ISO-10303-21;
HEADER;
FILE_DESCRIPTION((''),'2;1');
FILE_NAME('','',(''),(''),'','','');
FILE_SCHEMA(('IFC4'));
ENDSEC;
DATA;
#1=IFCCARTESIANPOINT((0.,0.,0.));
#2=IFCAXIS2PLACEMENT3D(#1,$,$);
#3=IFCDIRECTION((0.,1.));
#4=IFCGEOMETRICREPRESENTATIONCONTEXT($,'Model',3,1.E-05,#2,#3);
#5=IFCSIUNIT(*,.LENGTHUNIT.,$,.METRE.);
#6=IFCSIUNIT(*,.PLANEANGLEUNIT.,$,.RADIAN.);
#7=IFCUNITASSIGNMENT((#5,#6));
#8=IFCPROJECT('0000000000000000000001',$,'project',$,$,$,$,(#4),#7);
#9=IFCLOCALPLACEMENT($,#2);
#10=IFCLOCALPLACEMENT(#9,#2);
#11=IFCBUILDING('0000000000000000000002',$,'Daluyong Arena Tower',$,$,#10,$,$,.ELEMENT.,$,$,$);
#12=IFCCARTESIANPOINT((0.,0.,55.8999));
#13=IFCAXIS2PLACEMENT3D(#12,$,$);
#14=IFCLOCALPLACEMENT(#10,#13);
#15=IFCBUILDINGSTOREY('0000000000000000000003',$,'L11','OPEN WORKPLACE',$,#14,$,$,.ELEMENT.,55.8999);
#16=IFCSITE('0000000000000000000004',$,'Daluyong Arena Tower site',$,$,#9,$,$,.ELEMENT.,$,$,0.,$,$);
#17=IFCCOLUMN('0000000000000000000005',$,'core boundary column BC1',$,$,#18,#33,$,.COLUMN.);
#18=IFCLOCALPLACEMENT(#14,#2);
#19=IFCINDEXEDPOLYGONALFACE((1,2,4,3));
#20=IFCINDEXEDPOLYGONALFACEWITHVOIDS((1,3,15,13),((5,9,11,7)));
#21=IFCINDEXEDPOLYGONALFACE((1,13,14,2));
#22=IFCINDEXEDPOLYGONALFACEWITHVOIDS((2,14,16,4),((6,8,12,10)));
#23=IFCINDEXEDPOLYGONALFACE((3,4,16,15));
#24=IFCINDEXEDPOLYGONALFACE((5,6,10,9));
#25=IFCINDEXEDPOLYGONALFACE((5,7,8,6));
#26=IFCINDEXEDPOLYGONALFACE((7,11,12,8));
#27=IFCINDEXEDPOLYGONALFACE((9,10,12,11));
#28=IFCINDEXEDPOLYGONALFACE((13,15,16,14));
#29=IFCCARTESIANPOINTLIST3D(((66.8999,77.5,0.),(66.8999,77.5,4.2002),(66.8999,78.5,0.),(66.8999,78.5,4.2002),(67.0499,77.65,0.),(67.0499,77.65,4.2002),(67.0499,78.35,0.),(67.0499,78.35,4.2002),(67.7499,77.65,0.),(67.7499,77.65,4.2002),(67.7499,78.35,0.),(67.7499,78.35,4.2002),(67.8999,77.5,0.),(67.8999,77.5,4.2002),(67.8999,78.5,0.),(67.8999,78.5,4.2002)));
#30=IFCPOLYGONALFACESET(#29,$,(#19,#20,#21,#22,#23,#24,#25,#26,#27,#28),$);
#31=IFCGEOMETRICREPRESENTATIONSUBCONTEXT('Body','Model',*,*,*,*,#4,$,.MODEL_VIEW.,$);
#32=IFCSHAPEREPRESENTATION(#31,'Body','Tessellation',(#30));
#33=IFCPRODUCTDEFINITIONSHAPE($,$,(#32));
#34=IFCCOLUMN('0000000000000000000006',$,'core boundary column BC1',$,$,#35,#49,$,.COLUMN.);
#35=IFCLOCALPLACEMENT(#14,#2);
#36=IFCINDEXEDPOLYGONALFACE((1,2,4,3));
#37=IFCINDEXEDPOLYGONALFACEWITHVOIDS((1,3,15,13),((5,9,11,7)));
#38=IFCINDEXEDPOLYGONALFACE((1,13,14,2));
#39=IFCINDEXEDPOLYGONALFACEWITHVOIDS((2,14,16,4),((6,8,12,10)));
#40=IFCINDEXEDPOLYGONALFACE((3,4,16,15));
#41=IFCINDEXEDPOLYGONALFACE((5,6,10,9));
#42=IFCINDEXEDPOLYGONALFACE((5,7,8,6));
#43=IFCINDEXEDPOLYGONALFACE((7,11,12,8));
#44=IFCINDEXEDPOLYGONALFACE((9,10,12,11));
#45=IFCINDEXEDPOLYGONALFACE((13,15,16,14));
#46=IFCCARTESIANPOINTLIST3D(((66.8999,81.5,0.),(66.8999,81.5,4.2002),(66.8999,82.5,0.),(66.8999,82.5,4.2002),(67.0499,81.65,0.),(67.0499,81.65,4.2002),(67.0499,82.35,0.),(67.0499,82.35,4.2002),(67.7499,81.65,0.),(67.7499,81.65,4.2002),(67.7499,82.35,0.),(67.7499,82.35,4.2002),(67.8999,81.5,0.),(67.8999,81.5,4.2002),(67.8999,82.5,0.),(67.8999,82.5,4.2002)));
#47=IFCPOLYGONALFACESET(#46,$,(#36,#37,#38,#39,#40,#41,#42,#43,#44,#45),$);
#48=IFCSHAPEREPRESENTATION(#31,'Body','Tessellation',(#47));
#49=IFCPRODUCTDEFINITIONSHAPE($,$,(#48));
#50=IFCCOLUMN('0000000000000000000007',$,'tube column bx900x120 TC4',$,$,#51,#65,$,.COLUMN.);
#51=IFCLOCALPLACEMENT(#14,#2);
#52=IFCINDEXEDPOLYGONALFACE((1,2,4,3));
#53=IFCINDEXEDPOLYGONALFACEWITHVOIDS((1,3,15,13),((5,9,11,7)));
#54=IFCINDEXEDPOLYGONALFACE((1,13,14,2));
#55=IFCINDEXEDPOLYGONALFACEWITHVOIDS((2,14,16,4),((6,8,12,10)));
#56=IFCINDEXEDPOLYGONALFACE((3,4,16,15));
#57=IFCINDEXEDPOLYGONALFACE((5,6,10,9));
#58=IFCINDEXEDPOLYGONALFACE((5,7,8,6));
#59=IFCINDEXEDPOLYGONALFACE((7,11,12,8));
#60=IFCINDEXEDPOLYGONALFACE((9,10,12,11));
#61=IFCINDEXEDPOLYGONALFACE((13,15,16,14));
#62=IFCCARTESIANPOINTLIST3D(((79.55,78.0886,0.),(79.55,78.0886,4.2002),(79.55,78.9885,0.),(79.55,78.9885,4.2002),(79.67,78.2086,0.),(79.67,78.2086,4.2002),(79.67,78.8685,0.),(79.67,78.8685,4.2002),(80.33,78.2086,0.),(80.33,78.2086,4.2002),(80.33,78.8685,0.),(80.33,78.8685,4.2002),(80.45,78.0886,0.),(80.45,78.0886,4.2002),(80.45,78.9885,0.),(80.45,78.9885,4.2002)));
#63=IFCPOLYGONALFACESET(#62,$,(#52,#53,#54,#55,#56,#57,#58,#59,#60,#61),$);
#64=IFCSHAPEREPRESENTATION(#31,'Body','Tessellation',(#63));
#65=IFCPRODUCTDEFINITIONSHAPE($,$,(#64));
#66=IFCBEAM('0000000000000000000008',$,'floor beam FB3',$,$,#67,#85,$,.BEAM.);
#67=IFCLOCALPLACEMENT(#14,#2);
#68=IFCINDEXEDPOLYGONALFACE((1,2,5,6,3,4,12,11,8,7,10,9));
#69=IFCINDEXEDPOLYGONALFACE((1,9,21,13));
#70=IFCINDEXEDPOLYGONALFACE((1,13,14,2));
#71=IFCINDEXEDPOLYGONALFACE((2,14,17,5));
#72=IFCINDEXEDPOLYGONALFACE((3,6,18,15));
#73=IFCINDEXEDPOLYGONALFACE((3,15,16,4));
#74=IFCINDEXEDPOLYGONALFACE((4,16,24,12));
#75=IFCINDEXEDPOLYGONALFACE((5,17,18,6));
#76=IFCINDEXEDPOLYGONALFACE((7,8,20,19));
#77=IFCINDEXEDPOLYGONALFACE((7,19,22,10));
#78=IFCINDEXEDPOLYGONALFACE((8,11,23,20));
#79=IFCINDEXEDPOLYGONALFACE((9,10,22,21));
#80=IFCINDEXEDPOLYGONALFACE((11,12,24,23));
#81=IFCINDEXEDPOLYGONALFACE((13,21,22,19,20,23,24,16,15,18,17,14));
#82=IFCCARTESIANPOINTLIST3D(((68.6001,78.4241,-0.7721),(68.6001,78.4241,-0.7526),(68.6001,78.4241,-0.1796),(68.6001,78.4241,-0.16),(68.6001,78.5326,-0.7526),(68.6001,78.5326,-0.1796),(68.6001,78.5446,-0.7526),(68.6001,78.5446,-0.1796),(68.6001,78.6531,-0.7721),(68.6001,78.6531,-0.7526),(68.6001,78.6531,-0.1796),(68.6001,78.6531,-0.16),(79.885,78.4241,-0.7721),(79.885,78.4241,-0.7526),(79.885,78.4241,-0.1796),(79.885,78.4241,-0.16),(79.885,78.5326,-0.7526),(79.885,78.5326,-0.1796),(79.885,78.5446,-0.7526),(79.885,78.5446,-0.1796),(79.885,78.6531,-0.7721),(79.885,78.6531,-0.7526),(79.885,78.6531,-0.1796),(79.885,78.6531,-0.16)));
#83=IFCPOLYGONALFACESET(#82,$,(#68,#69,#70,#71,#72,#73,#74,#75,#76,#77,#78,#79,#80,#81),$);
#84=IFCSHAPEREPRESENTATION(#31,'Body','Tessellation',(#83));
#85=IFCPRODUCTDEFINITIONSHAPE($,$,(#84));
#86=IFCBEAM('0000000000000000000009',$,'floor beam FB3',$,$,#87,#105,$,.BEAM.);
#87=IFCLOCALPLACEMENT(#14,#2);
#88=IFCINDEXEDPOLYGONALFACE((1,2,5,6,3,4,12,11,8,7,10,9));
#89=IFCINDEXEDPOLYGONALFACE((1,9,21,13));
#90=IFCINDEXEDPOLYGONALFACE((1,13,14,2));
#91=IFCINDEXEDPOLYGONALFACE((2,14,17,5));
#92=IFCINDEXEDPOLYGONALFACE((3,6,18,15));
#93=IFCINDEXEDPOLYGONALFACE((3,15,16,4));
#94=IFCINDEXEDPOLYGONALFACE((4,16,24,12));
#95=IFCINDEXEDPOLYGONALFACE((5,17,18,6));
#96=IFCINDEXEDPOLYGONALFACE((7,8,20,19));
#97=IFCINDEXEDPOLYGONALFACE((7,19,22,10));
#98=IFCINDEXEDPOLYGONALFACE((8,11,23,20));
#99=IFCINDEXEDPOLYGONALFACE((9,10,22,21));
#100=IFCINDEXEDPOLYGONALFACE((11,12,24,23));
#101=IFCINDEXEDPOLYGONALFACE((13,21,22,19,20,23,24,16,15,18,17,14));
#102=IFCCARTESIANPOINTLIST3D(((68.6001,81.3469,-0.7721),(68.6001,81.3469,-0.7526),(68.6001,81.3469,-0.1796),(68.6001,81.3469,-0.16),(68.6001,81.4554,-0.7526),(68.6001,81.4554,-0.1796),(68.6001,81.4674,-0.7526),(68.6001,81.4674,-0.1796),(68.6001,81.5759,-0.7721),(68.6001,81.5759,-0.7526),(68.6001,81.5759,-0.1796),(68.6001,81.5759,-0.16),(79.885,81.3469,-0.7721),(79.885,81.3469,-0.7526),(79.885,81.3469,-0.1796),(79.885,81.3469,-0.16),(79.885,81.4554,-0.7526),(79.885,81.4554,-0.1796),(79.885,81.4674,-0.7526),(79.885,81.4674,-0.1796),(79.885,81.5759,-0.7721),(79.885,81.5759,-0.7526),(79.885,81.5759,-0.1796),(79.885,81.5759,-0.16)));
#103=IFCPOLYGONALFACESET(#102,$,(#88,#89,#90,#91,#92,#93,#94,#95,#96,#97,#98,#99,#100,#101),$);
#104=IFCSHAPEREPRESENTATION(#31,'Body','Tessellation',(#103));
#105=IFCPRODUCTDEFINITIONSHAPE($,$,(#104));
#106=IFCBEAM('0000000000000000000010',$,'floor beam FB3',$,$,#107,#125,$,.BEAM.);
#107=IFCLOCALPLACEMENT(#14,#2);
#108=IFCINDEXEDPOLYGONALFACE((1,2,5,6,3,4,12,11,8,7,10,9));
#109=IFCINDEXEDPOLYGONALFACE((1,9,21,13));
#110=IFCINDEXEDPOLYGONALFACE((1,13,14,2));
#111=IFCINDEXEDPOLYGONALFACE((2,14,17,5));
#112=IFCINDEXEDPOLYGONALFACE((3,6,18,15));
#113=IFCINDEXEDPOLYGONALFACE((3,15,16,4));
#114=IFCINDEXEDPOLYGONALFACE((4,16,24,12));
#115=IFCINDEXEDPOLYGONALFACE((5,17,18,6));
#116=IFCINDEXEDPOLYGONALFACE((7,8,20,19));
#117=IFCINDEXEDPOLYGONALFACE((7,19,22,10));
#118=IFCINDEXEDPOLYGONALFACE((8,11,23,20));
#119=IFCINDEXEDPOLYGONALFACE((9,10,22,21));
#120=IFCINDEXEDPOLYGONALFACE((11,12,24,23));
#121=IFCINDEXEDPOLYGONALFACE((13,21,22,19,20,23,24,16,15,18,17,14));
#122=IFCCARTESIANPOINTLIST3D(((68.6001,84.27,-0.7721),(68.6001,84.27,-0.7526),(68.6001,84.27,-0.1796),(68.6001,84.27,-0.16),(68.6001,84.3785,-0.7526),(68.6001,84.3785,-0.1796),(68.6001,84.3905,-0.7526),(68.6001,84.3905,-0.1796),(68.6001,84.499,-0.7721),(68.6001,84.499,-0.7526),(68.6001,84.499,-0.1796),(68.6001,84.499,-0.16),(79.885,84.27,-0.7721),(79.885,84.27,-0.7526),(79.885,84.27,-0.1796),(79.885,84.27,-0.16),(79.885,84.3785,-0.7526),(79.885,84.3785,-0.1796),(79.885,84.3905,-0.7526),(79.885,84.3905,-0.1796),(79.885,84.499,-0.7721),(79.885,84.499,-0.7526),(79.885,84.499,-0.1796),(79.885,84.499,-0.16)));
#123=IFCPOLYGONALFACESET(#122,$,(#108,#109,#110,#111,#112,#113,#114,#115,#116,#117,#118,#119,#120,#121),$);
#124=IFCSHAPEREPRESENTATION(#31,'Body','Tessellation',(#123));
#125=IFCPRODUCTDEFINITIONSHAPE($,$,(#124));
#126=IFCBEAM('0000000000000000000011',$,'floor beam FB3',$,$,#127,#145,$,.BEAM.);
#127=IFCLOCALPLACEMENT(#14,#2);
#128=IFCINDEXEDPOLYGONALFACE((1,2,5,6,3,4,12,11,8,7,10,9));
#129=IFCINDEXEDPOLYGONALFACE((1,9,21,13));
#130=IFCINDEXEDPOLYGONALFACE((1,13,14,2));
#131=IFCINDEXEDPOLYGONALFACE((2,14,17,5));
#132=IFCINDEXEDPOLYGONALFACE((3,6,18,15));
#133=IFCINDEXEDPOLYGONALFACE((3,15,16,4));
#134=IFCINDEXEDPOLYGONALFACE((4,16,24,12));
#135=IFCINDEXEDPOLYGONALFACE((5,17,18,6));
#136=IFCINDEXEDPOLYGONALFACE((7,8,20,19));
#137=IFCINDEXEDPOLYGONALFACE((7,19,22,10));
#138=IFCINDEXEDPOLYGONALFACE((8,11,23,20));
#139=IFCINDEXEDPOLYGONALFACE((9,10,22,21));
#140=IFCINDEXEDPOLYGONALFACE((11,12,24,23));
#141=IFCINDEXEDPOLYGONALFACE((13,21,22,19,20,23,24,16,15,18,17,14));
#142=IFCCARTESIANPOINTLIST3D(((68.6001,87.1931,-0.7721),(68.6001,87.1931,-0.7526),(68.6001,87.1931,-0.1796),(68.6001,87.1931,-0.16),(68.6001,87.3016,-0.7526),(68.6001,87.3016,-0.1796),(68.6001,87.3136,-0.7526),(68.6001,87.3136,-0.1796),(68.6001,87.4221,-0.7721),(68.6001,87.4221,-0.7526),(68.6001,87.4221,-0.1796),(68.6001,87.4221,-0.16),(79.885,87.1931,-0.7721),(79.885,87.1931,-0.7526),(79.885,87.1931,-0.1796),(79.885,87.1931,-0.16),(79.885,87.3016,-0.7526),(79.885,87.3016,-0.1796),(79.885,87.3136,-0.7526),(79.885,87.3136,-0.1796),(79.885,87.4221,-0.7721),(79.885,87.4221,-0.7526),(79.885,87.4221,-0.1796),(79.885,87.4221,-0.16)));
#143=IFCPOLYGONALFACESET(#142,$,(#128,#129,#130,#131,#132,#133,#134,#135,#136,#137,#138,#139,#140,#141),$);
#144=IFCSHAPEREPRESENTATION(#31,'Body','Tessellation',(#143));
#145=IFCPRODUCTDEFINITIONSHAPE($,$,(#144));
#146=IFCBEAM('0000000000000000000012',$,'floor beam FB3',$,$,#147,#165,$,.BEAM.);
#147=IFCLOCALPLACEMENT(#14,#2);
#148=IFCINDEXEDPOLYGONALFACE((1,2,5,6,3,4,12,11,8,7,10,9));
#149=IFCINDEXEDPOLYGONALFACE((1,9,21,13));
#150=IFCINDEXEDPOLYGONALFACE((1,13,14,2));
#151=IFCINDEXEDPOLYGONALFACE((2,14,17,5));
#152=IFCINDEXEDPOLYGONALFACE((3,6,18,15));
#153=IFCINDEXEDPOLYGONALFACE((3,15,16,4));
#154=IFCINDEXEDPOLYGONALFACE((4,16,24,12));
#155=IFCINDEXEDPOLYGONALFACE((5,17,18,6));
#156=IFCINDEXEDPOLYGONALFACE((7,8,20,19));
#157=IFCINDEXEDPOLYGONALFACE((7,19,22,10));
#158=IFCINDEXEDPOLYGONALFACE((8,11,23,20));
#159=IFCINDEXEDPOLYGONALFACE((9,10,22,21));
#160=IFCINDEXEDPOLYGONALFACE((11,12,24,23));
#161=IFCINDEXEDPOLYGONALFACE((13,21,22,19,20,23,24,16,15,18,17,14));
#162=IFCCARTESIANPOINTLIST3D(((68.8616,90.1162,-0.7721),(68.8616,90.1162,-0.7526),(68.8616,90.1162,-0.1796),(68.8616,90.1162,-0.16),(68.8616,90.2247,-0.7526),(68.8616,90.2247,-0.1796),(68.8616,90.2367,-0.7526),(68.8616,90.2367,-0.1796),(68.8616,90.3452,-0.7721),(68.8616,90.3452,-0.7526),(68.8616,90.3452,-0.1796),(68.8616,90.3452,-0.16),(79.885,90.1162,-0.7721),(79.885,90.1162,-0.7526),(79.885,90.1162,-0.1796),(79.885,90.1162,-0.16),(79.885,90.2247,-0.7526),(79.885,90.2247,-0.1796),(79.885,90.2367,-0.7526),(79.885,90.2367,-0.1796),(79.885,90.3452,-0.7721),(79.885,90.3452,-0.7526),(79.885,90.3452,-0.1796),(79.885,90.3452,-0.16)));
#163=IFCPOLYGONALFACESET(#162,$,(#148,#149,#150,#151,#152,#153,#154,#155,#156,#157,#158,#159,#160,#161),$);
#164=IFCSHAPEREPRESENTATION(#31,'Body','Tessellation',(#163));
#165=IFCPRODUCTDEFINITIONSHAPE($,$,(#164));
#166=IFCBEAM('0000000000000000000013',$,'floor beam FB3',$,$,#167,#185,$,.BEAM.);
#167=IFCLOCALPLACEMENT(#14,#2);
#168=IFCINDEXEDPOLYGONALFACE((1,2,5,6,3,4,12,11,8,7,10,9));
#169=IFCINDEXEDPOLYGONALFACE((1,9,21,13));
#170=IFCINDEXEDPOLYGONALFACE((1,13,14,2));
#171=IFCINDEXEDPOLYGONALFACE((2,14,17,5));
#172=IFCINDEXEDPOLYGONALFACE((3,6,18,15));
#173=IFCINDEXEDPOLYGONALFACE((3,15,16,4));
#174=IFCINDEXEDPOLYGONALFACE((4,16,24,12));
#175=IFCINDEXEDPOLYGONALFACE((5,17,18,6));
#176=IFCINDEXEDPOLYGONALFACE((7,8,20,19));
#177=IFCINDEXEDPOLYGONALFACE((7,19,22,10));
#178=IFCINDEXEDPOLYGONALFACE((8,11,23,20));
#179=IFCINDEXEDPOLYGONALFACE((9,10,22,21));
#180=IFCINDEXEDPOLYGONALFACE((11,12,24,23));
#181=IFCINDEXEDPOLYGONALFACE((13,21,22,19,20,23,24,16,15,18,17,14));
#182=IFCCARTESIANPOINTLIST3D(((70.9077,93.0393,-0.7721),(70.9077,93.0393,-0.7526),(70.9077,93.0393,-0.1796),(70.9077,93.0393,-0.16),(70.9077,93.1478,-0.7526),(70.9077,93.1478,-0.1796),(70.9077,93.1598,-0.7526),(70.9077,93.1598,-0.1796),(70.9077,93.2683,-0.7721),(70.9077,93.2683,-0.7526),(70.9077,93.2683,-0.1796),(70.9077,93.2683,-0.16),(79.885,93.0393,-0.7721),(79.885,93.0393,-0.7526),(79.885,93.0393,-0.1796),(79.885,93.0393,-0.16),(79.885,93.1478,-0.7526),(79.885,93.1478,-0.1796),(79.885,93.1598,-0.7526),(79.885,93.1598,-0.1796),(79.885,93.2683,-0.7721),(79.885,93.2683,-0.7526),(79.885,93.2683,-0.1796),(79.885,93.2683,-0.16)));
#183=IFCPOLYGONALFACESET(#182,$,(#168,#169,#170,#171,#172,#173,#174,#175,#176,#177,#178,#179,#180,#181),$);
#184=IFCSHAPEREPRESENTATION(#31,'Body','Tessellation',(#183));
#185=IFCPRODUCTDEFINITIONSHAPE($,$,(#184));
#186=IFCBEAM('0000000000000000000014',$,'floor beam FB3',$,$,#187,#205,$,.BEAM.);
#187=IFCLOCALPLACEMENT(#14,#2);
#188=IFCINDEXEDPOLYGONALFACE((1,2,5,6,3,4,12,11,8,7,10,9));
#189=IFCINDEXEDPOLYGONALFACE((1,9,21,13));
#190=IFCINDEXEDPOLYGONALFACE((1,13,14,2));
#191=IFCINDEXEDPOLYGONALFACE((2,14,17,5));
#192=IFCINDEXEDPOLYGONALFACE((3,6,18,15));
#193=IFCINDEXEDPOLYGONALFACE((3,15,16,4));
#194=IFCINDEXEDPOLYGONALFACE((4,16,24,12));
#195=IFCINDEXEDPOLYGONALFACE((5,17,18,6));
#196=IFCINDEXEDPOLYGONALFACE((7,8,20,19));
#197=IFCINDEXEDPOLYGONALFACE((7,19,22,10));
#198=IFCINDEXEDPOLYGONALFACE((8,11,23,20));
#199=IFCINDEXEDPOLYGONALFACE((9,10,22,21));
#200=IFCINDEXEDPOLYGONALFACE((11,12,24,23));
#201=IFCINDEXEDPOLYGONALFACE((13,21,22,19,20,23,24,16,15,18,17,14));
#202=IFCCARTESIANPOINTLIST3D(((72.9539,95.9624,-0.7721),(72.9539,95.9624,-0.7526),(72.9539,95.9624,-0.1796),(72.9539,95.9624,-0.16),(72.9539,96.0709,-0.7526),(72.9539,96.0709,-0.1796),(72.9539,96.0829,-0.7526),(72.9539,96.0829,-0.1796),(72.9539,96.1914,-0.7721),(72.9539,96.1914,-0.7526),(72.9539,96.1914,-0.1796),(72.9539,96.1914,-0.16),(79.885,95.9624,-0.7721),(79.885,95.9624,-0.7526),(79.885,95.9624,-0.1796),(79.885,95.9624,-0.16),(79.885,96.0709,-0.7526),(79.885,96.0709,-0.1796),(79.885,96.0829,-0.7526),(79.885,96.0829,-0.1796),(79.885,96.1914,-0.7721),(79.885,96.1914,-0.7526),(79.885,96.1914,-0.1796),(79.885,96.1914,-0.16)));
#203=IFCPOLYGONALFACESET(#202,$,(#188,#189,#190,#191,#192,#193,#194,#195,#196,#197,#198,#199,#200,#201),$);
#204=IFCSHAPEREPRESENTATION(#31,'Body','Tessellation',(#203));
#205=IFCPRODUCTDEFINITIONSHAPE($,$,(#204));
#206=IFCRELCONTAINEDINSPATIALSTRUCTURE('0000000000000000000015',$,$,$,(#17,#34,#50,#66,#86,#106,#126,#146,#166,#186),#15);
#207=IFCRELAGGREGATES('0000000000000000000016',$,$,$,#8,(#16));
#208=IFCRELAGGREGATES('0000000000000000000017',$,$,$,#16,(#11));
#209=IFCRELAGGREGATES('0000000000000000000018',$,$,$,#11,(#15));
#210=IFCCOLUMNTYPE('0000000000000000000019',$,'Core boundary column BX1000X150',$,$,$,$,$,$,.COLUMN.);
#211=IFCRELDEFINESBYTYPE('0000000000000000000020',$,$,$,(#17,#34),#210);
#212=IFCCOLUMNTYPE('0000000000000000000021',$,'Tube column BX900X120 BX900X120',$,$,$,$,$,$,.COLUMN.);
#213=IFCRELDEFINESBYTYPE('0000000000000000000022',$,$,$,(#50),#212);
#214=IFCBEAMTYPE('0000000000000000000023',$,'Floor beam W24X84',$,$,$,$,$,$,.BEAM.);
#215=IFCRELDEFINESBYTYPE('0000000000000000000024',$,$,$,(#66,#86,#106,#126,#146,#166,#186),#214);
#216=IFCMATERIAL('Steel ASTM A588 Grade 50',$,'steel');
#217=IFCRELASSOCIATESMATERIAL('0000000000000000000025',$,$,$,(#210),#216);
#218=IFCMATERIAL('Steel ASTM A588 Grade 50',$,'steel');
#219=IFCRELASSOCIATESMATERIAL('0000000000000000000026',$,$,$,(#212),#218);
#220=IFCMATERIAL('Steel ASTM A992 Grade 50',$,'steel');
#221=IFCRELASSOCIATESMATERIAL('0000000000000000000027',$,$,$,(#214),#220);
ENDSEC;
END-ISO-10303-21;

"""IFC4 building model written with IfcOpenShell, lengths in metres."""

from ifc_helpers import new_model, si_unit, direction, frame, origin, origin_2d, place, context, subcontext, project, spatial, hollow_rectangle, i_section, extrude, material, material_profile, profile_set, type_object, element, save


model = new_model("IFC4")

# Units and contexts
model_context = context("Model", 3, precision=1e-05, world=origin(), true_north=direction((0.0, 1.0)))
body_context = subcontext(model_context, "Body", "Model", "MODEL_VIEW")
ifc_project = project(units=[si_unit("LENGTHUNIT", "METRE"), si_unit("PLANEANGLEUNIT", "RADIAN")], contexts=[model_context])

# Site, building, storey
site_placement = place(None, origin())
site = spatial("IfcSite", under=ifc_project, at=site_placement, Name="Daluyong Arena Tower site", CompositionType="ELEMENT", RefElevation=0.0)
building_placement = place(site_placement, origin())
building = spatial("IfcBuilding", under=site, at=building_placement, Name="Daluyong Arena Tower", CompositionType="ELEMENT")
storey_placement = place(building_placement, frame((0.0, 0.0, 55.8999)))
storey = spatial("IfcBuildingStorey", under=building, at=storey_placement, Name="L11", Description="OPEN WORKPLACE", CompositionType="ELEMENT", Elevation=55.8999)

# Columns
ifc_material_1 = material(Name="Steel ASTM A588 Grade 50", Category="steel")
ifc_material_profile_1 = material_profile(ifc_material_1, hollow_rectangle(XDim=1.0, YDim=1.0, WallThickness=0.15, at=origin_2d()))
ifc_profile_set_1 = profile_set([ifc_material_profile_1], Name="Steel ASTM A588 Grade 50")
column_type_1 = type_object("IfcColumnType", Name="Core boundary column BX1000X150", PredefinedType="COLUMN", material=ifc_profile_set_1)
for number, where, z_axis, x_axis, name in (
    (1, (67.3999, 78.0, 0.0), (0.0, 0.0, 1.0), (1.0, 0.0, 0.0), "core boundary column BC1"),
    (2, (67.3999, 82.0, 0.0), (0.0, 0.0, 1.0), (1.0, 0.0, 0.0), "core boundary column BC1"),
):
    element("IfcColumn", number, at=place(storey_placement, frame(where, z_axis=z_axis, x_axis=x_axis)), inside=storey, type_object=column_type_1, Name=name, PredefinedType="COLUMN", context=body_context, shape_type="SweptSolid", body=[
        extrude(hollow_rectangle(XDim=1.0, YDim=1.0, WallThickness=0.15, at=origin_2d()), origin(), (0.0, 0.0, 1.0), 4.2002),
    ])
ifc_material_2 = material(Name="Steel ASTM A588 Grade 50", Category="steel")
ifc_material_profile_2 = material_profile(ifc_material_2, hollow_rectangle(XDim=0.8999, YDim=0.8999, WallThickness=0.12, at=origin_2d()))
ifc_profile_set_2 = profile_set([ifc_material_profile_2], Name="Steel ASTM A588 Grade 50")
column_type_2 = type_object("IfcColumnType", Name="Tube column BX900X120 BX900X120", PredefinedType="COLUMN", material=ifc_profile_set_2)
column_placement = place(storey_placement, frame((80.0, 78.5386, 0.0), z_axis=(0.0, 0.0, 1.0), x_axis=(0.0, 1.0, 0.0)))
element("IfcColumn", 3, at=column_placement, inside=storey, type_object=column_type_2, Name="tube column bx900x120 TC4", PredefinedType="COLUMN", context=body_context, shape_type="SweptSolid", body=[
    extrude(hollow_rectangle(XDim=0.8999, YDim=0.8999, WallThickness=0.12, at=origin_2d()), origin(), (0.0, 0.0, 1.0), 4.2002),
])

# Beams
ifc_material_3 = material(Name="Steel ASTM A992 Grade 50", Category="steel")
ifc_material_profile_3 = material_profile(ifc_material_3, i_section(OverallWidth=0.229, OverallDepth=0.6121, WebThickness=0.012, FlangeThickness=0.0195, at=origin_2d()))
ifc_profile_set_3 = profile_set([ifc_material_profile_3], Name="Steel ASTM A992 Grade 50")
beam_type_1 = type_object("IfcBeamType", Name="Floor beam W24X84", PredefinedType="BEAM", material=ifc_profile_set_3)
for number, where, z_axis, x_axis, name in (
    (4, (79.885, 78.5386, -0.4661), (-1.0, 0.0, 0.0), (0.0, -1.0, 0.0), "floor beam FB3"),
    (5, (79.885, 81.4614, -0.4661), (-1.0, 0.0, 0.0), (0.0, -1.0, 0.0), "floor beam FB3"),
    (6, (79.885, 84.3845, -0.4661), (-1.0, 0.0, 0.0), (0.0, -1.0, 0.0), "floor beam FB3"),
    (7, (79.885, 87.3076, -0.4661), (-1.0, 0.0, 0.0), (0.0, -1.0, 0.0), "floor beam FB3"),
):
    element("IfcBeam", number, at=place(storey_placement, frame(where, z_axis=z_axis, x_axis=x_axis)), inside=storey, type_object=beam_type_1, Name=name, PredefinedType="BEAM", context=body_context, shape_type="SweptSolid", body=[
        extrude(i_section(OverallWidth=0.229, OverallDepth=0.6121, WebThickness=0.012, FlangeThickness=0.0195, at=origin_2d()), origin(), (0.0, 0.0, 1.0), 11.2849),
    ])
beam_1_placement = place(storey_placement, frame((79.885, 90.2307, -0.4661), z_axis=(-1.0, 0.0, 0.0), x_axis=(0.0, -1.0, 0.0)))
element("IfcBeam", 8, at=beam_1_placement, inside=storey, type_object=beam_type_1, Name="floor beam FB3", PredefinedType="BEAM", context=body_context, shape_type="SweptSolid", body=[
    extrude(i_section(OverallWidth=0.229, OverallDepth=0.6121, WebThickness=0.012, FlangeThickness=0.0195, at=origin_2d()), origin(), (0.0, 0.0, 1.0), 11.0234),
])
beam_2_placement = place(storey_placement, frame((79.885, 93.1538, -0.4661), z_axis=(-1.0, 0.0, 0.0), x_axis=(0.0, -1.0, 0.0)))
element("IfcBeam", 9, at=beam_2_placement, inside=storey, type_object=beam_type_1, Name="floor beam FB3", PredefinedType="BEAM", context=body_context, shape_type="SweptSolid", body=[
    extrude(i_section(OverallWidth=0.229, OverallDepth=0.6121, WebThickness=0.012, FlangeThickness=0.0195, at=origin_2d()), origin(), (0.0, 0.0, 1.0), 8.9773),
])
beam_3_placement = place(storey_placement, frame((79.885, 96.0769, -0.4661), z_axis=(-1.0, 0.0, 0.0), x_axis=(0.0, -1.0, 0.0)))
element("IfcBeam", 10, at=beam_3_placement, inside=storey, type_object=beam_type_1, Name="floor beam FB3", PredefinedType="BEAM", context=body_context, shape_type="SweptSolid", body=[
    extrude(i_section(OverallWidth=0.229, OverallDepth=0.6121, WebThickness=0.012, FlangeThickness=0.0195, at=origin_2d()), origin(), (0.0, 0.0, 1.0), 6.9312),
])

save(model, "model.ifc")
